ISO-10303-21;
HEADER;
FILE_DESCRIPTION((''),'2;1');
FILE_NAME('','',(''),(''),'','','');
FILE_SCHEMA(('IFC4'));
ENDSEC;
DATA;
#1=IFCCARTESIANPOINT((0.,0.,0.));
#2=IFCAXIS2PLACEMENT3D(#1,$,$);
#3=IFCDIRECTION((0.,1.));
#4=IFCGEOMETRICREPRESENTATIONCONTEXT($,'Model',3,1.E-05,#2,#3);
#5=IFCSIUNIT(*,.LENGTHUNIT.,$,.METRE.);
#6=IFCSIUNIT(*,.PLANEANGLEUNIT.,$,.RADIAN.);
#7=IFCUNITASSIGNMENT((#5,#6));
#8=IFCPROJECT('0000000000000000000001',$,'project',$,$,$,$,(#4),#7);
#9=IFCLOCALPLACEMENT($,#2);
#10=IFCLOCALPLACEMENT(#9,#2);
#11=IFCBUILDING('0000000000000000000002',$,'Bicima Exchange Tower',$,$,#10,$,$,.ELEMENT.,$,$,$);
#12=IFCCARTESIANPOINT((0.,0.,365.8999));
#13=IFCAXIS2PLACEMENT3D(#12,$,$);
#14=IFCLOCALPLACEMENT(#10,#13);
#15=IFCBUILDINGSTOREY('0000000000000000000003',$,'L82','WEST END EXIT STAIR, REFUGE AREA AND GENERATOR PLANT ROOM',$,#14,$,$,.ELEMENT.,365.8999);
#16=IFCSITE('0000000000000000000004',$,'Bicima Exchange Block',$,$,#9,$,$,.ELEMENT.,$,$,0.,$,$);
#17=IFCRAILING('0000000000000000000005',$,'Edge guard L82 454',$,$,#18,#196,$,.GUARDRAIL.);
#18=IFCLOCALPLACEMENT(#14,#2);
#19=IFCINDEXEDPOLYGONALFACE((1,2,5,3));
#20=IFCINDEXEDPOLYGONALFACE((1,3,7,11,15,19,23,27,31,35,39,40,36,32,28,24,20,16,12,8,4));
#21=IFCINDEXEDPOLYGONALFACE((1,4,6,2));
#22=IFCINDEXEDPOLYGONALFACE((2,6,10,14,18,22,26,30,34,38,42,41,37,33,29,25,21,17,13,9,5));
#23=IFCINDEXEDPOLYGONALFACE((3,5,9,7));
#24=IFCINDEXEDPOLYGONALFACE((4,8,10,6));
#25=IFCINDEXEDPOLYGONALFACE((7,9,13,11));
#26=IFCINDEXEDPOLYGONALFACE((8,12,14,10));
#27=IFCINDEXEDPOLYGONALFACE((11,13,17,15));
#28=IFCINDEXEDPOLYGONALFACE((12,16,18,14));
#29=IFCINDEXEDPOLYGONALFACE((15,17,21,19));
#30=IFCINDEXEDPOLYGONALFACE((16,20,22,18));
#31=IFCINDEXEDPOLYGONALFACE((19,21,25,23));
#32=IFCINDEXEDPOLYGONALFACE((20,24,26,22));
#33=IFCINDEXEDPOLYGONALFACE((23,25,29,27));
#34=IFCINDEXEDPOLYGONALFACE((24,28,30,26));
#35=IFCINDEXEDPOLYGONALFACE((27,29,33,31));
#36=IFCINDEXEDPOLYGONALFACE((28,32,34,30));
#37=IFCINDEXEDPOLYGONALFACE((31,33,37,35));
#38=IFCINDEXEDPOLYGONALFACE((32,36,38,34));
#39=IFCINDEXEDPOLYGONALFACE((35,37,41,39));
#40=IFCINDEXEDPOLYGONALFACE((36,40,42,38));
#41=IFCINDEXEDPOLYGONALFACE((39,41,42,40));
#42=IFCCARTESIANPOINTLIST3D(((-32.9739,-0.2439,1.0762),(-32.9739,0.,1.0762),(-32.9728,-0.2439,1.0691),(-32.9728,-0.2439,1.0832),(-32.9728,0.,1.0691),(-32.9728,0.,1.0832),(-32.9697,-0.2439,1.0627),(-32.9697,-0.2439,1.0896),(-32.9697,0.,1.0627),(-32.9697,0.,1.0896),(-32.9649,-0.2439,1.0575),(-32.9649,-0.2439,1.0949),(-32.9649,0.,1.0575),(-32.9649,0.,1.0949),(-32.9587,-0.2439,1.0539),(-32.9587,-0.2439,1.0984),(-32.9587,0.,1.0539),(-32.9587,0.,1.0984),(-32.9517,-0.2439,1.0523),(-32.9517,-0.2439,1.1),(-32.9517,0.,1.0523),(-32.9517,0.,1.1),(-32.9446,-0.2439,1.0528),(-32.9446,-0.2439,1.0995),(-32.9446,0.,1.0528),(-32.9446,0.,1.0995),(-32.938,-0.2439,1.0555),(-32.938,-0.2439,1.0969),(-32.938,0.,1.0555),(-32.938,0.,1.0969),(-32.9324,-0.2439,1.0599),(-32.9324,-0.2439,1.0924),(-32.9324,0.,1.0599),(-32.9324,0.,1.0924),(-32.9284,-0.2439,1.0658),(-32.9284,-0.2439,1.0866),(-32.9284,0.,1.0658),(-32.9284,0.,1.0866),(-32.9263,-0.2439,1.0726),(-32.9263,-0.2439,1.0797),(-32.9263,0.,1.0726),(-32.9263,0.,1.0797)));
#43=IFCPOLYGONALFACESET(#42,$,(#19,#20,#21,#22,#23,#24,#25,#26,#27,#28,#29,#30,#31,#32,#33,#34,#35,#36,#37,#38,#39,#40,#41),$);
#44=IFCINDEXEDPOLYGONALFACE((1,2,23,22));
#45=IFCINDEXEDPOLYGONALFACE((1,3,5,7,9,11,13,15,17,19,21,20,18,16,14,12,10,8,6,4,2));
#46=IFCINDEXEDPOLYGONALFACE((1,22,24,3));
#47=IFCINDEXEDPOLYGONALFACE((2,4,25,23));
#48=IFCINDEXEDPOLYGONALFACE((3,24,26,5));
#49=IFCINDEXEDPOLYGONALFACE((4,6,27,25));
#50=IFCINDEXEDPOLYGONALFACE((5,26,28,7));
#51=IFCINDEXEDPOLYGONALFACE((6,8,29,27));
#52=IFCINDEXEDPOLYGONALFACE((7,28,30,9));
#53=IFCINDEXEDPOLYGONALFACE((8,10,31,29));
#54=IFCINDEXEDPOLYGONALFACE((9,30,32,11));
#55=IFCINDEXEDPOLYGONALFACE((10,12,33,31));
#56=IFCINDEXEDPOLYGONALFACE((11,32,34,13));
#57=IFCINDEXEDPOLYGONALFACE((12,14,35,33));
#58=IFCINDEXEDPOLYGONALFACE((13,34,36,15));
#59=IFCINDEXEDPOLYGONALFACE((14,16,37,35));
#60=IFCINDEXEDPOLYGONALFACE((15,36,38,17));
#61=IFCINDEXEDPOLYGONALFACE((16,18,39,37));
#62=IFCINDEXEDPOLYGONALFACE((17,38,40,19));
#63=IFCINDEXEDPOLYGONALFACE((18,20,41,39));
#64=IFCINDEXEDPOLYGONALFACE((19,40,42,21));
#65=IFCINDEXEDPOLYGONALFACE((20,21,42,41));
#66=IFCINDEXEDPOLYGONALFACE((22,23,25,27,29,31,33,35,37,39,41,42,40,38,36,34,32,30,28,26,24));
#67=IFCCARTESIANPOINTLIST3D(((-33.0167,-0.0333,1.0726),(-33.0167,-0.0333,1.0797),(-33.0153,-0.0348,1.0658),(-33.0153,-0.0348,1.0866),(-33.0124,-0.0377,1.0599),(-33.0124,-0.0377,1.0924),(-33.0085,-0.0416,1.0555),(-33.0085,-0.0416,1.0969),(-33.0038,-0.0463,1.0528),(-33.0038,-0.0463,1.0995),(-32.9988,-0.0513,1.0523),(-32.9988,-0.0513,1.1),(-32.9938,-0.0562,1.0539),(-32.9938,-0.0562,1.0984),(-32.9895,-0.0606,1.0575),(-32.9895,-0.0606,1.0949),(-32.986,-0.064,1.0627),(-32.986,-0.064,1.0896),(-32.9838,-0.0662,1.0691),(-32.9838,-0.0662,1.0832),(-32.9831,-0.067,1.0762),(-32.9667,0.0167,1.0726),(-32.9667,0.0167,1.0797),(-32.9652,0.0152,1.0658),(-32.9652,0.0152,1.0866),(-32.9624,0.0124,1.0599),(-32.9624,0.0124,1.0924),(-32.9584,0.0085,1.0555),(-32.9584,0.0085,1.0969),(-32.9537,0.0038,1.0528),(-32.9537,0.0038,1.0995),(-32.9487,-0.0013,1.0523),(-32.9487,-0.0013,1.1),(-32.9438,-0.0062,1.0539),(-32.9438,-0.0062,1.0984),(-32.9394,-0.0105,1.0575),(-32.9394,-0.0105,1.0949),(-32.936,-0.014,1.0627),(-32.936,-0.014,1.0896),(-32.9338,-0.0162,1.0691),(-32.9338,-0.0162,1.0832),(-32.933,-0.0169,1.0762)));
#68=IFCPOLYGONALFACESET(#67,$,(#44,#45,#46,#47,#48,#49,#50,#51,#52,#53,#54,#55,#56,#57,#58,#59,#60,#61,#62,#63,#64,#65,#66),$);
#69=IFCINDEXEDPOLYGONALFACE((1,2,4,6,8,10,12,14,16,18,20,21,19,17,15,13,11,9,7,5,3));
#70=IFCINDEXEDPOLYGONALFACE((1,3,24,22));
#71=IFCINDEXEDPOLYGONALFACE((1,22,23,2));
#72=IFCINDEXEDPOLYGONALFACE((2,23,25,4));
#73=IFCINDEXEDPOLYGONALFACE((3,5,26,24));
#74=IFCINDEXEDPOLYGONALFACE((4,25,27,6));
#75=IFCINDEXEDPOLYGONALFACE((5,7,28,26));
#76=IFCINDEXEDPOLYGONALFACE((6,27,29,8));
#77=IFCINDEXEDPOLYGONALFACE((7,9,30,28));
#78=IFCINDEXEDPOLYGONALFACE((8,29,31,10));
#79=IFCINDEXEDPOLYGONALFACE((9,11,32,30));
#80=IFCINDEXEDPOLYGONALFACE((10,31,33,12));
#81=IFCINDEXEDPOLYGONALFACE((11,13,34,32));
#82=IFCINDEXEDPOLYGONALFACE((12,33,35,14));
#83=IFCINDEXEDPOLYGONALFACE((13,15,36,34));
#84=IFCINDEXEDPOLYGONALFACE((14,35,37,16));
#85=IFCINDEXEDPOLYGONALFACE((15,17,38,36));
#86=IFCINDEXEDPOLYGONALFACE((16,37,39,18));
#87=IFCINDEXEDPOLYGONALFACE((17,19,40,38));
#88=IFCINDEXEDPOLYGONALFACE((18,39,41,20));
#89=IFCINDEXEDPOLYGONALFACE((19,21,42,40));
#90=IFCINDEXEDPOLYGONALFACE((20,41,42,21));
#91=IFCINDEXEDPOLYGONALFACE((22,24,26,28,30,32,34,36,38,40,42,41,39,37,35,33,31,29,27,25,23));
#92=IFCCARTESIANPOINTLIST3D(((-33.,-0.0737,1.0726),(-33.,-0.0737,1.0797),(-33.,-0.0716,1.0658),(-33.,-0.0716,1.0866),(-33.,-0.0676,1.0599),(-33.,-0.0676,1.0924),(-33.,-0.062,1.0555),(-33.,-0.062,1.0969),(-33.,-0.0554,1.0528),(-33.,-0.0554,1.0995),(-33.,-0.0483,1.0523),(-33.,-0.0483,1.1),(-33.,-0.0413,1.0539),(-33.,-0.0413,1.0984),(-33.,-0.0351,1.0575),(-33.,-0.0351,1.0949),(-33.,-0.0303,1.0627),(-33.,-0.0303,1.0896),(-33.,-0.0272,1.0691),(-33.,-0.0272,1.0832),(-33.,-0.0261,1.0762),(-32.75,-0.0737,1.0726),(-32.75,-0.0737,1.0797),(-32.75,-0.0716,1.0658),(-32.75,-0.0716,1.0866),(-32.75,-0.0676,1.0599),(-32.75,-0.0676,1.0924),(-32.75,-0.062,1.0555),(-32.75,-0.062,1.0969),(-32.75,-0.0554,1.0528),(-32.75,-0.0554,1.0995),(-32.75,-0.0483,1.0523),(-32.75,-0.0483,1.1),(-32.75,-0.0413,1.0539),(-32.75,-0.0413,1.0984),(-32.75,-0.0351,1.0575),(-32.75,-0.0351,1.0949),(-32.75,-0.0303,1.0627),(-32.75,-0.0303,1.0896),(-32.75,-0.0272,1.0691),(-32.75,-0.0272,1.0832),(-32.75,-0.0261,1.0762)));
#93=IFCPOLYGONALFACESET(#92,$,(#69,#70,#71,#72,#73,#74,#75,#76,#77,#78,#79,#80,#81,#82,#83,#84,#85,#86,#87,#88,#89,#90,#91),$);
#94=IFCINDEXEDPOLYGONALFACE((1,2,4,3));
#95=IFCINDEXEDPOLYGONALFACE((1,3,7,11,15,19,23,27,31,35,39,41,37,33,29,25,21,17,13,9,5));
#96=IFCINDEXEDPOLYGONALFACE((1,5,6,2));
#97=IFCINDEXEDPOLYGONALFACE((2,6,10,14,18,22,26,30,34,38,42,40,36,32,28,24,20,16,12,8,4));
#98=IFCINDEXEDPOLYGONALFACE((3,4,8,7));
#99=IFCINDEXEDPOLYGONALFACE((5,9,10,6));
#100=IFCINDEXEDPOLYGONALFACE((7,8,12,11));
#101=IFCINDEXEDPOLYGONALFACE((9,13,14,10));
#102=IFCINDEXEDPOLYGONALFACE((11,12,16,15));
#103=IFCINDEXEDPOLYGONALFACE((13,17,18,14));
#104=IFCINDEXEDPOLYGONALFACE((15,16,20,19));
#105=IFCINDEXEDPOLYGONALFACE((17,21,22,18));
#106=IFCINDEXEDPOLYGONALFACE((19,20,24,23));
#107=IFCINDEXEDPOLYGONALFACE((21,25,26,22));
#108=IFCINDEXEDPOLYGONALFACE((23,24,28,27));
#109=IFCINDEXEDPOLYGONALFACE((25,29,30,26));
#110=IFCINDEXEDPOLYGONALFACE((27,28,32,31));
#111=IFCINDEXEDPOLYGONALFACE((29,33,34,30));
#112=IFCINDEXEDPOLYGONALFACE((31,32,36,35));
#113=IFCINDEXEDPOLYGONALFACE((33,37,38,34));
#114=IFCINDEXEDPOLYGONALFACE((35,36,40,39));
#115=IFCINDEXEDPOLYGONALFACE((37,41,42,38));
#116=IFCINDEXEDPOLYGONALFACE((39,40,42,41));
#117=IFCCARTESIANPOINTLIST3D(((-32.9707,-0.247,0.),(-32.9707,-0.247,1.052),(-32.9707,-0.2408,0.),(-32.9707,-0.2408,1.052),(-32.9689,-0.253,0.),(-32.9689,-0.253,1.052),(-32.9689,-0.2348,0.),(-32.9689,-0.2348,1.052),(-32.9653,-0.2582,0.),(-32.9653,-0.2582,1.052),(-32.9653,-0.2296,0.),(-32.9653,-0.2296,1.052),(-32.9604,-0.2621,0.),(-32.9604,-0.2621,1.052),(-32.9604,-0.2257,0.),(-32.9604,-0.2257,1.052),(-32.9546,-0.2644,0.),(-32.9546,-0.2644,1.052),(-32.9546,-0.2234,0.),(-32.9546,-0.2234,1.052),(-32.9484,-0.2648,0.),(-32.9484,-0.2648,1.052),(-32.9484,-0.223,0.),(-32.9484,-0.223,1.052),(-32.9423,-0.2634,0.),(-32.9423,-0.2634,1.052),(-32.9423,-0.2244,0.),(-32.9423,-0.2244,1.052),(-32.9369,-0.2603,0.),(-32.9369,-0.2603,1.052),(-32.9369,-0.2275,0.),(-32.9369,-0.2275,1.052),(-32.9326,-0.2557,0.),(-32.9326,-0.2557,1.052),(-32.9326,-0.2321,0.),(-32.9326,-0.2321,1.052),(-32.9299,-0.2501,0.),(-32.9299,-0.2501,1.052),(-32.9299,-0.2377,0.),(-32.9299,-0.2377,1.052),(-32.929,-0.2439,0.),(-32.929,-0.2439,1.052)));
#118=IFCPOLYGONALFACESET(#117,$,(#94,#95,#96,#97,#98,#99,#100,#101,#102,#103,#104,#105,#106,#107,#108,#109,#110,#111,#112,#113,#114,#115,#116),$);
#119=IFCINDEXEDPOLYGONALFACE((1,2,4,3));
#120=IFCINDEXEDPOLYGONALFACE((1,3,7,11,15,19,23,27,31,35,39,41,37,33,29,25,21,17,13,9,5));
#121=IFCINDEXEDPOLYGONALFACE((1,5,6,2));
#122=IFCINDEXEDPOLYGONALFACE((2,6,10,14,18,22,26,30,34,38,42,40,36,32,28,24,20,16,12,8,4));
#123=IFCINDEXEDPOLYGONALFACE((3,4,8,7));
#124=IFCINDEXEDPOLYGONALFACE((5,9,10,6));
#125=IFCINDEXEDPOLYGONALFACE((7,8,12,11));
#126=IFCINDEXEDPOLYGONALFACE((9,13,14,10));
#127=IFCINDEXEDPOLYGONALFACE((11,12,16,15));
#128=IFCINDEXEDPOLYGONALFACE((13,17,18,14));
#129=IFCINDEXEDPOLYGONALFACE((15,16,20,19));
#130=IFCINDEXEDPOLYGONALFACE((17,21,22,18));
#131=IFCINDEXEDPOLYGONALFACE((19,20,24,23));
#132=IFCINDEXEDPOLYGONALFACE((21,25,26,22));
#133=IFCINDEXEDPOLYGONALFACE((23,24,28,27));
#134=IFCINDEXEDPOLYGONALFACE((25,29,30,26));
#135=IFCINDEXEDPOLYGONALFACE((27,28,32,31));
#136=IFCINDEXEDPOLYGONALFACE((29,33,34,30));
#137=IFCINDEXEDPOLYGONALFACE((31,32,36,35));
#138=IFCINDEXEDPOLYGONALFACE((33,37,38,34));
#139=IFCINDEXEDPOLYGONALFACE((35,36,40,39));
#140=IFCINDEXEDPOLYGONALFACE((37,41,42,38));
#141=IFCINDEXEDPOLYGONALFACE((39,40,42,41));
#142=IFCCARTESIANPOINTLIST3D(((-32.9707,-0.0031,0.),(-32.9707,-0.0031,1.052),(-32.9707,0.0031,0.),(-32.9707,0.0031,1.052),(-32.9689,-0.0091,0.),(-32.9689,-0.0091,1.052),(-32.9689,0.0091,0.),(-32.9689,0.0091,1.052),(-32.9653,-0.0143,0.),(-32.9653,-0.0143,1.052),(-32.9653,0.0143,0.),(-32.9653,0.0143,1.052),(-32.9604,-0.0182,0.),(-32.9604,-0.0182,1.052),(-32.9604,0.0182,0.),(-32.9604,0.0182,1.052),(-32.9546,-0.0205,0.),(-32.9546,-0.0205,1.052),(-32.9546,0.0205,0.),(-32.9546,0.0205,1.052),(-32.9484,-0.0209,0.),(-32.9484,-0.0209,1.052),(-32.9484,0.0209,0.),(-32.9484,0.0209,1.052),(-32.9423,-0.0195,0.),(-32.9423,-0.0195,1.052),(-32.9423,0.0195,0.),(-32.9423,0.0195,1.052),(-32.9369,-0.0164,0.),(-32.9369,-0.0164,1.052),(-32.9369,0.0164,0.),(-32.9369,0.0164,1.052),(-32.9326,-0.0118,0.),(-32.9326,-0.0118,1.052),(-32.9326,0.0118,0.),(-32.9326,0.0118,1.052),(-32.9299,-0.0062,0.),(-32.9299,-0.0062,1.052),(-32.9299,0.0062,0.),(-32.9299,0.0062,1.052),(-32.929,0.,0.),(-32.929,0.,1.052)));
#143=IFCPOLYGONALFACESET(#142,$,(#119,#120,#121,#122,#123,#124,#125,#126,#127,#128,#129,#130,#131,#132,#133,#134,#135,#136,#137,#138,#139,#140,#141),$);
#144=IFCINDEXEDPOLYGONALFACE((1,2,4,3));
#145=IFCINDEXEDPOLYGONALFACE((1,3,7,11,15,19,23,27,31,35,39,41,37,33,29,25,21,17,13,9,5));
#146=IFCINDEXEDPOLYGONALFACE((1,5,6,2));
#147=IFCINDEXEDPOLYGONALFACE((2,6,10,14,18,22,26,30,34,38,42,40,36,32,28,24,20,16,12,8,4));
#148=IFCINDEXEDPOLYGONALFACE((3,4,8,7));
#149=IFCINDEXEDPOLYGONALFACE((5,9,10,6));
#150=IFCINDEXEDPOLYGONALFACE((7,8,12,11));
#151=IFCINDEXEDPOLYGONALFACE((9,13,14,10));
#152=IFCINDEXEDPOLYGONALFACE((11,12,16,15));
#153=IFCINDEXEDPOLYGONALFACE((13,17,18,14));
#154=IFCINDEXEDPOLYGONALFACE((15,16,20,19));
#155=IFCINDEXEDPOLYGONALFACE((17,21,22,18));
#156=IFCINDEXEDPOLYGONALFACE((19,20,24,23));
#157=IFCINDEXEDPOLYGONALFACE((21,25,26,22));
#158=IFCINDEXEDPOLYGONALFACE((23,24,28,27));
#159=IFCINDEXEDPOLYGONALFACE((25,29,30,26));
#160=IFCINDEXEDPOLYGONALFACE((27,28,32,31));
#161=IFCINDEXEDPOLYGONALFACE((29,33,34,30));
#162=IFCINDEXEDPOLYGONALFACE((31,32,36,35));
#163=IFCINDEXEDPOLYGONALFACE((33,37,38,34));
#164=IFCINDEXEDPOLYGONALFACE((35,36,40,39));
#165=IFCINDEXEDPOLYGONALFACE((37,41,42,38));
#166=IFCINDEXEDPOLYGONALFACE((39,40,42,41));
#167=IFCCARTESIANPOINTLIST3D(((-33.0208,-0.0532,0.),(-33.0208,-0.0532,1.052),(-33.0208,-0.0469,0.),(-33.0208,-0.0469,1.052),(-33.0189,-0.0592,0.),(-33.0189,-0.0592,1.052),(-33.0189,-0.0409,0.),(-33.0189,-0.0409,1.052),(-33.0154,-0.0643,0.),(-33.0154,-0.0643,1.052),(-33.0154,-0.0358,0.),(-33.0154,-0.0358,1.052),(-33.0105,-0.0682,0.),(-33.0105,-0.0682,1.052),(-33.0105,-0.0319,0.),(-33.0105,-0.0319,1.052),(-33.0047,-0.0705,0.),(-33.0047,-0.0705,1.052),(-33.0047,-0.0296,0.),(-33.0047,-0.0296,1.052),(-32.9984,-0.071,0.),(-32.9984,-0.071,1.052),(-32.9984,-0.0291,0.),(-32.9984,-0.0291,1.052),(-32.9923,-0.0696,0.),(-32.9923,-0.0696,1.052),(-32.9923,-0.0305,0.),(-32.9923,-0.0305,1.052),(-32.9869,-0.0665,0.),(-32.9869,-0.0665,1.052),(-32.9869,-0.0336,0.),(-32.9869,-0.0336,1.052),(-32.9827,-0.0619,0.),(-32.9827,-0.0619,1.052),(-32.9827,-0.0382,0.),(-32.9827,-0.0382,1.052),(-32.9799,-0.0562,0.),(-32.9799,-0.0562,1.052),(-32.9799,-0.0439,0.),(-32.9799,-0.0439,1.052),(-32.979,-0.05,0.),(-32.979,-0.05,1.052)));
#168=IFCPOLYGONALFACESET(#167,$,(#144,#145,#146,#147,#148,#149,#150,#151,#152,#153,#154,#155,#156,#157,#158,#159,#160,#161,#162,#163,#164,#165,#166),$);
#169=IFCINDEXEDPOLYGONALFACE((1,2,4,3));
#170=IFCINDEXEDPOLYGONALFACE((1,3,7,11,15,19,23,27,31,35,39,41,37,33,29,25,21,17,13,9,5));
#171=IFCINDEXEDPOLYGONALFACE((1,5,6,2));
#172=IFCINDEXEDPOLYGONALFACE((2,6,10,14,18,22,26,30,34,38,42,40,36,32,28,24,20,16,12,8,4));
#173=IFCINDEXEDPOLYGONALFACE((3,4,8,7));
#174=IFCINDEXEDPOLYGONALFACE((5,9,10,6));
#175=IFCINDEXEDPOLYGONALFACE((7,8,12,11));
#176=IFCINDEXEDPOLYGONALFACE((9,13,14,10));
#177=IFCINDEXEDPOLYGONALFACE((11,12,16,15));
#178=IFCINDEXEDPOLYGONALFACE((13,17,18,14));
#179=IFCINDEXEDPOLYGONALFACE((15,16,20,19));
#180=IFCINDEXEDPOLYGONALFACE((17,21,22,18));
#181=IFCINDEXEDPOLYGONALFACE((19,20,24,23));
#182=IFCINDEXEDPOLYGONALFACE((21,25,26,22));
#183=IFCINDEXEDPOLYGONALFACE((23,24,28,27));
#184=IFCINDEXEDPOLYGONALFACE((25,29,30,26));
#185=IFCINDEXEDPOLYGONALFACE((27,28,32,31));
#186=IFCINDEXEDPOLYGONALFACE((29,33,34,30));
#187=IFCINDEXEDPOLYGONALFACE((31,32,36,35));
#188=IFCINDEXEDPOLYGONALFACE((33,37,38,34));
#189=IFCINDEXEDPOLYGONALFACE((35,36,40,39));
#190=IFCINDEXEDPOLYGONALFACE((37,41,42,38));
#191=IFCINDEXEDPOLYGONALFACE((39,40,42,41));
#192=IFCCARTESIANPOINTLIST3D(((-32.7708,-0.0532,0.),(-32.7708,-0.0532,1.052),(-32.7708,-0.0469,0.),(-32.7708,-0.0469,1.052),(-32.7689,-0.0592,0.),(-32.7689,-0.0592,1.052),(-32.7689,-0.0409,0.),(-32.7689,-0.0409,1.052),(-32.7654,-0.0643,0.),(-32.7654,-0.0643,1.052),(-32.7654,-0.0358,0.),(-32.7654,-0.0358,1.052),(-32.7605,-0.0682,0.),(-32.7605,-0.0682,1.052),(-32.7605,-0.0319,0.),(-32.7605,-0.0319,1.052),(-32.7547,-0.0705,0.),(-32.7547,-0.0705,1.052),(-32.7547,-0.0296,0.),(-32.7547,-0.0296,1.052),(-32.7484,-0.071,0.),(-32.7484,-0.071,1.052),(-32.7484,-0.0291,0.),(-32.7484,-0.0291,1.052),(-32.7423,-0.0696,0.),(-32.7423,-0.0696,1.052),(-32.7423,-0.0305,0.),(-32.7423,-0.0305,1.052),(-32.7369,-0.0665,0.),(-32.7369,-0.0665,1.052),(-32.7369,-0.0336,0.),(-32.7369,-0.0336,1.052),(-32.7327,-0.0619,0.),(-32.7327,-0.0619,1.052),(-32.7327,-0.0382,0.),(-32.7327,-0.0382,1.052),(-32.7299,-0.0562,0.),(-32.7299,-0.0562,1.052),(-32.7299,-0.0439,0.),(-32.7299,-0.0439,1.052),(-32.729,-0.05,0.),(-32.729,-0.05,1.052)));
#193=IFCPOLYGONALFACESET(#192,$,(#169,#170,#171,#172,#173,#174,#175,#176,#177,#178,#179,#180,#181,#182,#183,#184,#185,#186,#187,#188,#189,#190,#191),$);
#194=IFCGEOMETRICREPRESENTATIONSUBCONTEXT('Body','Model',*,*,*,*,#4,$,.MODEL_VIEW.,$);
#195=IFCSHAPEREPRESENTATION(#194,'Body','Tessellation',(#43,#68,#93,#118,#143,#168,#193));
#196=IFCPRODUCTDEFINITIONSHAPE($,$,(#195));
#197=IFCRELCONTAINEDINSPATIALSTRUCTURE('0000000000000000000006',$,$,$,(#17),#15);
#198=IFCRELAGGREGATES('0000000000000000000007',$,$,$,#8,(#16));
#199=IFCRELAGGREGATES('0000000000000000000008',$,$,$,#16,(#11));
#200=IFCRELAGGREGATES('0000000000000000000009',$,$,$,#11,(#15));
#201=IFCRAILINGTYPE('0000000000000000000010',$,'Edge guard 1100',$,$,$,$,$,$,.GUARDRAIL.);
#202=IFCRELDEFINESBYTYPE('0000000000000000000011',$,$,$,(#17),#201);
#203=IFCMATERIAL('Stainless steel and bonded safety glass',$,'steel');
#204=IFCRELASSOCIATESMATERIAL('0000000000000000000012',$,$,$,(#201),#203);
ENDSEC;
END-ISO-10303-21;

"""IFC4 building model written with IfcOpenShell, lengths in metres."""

from ifc_helpers import new_model, si_unit, direction, frame, origin, origin_2d, place, context, subcontext, project, spatial, circle, extrude, material, type_object, element, save


model = new_model("IFC4")

# Units and contexts
model_context = context("Model", 3, precision=1e-05, world=origin(), true_north=direction((0.0, 1.0)))
body_context = subcontext(model_context, "Body", "Model", "MODEL_VIEW")
ifc_project = project(units=[si_unit("LENGTHUNIT", "METRE"), si_unit("PLANEANGLEUNIT", "RADIAN")], contexts=[model_context])

# Site, building, storey
site_placement = place(None, origin())
site = spatial("IfcSite", under=ifc_project, at=site_placement, Name="Bicima Exchange Block", CompositionType="ELEMENT", RefElevation=0.0)
building_placement = place(site_placement, origin())
building = spatial("IfcBuilding", under=site, at=building_placement, Name="Bicima Exchange Tower", CompositionType="ELEMENT")
storey_placement = place(building_placement, frame((0.0, 0.0, 365.8999)))
storey = spatial("IfcBuildingStorey", under=building, at=storey_placement, Name="L82", Description="WEST END EXIT STAIR, REFUGE AREA AND GENERATOR PLANT ROOM", CompositionType="ELEMENT", Elevation=365.8999)

# Railing
ifc_material_1 = material(Name="Stainless steel and bonded safety glass", Category="steel")
railing_type = type_object("IfcRailingType", Name="Edge guard 1100", PredefinedType="GUARDRAIL", material=ifc_material_1)
railing_1_placement = place(storey_placement, frame((-32.95, -0.2439, 0.0)))
element("IfcRailing", 1, at=railing_1_placement, inside=storey, type_object=railing_type, Name="Edge guard L82 454", PredefinedType="GUARDRAIL", context=body_context, shape_type="SweptSolid", body=[
    extrude(circle(Radius=0.0239, at=origin_2d()), frame((0.0, 0.0, 1.0762), z_axis=(0.0, 1.0, 0.0), x_axis=(-1.0, 0.0, 0.0)), (0.0, 0.0, 1.0), 0.2439),
    extrude(circle(Radius=0.0239, at=origin_2d()), frame((0.0, 0.2439, 1.0762), z_axis=(-0.707107, -0.707107, 0.0), x_axis=(0.707107, -0.707107, 0.0)), (0.0, 0.0, 1.0), 0.0708),
    extrude(circle(Radius=0.0239, at=origin_2d()), frame((-0.05, 0.1938, 1.0762), z_axis=(1.0, 0.0, 0.0), x_axis=(0.0, 1.0, 0.0)), (0.0, 0.0, 1.0), 0.25),
    extrude(circle(Radius=0.021, at=origin_2d()), origin(), (0.0, 0.0, 1.0), 1.052),
    extrude(circle(Radius=0.021, at=origin_2d()), frame((0.0, 0.2439, 0.0)), (0.0, 0.0, 1.0), 1.052),
    extrude(circle(Radius=0.021, at=origin_2d()), frame((-0.05, 0.1938, 0.0)), (0.0, 0.0, 1.0), 1.052),
    extrude(circle(Radius=0.021, at=origin_2d()), frame((0.2, 0.1938, 0.0)), (0.0, 0.0, 1.0), 1.052),
])

save(model, "model.ifc")
